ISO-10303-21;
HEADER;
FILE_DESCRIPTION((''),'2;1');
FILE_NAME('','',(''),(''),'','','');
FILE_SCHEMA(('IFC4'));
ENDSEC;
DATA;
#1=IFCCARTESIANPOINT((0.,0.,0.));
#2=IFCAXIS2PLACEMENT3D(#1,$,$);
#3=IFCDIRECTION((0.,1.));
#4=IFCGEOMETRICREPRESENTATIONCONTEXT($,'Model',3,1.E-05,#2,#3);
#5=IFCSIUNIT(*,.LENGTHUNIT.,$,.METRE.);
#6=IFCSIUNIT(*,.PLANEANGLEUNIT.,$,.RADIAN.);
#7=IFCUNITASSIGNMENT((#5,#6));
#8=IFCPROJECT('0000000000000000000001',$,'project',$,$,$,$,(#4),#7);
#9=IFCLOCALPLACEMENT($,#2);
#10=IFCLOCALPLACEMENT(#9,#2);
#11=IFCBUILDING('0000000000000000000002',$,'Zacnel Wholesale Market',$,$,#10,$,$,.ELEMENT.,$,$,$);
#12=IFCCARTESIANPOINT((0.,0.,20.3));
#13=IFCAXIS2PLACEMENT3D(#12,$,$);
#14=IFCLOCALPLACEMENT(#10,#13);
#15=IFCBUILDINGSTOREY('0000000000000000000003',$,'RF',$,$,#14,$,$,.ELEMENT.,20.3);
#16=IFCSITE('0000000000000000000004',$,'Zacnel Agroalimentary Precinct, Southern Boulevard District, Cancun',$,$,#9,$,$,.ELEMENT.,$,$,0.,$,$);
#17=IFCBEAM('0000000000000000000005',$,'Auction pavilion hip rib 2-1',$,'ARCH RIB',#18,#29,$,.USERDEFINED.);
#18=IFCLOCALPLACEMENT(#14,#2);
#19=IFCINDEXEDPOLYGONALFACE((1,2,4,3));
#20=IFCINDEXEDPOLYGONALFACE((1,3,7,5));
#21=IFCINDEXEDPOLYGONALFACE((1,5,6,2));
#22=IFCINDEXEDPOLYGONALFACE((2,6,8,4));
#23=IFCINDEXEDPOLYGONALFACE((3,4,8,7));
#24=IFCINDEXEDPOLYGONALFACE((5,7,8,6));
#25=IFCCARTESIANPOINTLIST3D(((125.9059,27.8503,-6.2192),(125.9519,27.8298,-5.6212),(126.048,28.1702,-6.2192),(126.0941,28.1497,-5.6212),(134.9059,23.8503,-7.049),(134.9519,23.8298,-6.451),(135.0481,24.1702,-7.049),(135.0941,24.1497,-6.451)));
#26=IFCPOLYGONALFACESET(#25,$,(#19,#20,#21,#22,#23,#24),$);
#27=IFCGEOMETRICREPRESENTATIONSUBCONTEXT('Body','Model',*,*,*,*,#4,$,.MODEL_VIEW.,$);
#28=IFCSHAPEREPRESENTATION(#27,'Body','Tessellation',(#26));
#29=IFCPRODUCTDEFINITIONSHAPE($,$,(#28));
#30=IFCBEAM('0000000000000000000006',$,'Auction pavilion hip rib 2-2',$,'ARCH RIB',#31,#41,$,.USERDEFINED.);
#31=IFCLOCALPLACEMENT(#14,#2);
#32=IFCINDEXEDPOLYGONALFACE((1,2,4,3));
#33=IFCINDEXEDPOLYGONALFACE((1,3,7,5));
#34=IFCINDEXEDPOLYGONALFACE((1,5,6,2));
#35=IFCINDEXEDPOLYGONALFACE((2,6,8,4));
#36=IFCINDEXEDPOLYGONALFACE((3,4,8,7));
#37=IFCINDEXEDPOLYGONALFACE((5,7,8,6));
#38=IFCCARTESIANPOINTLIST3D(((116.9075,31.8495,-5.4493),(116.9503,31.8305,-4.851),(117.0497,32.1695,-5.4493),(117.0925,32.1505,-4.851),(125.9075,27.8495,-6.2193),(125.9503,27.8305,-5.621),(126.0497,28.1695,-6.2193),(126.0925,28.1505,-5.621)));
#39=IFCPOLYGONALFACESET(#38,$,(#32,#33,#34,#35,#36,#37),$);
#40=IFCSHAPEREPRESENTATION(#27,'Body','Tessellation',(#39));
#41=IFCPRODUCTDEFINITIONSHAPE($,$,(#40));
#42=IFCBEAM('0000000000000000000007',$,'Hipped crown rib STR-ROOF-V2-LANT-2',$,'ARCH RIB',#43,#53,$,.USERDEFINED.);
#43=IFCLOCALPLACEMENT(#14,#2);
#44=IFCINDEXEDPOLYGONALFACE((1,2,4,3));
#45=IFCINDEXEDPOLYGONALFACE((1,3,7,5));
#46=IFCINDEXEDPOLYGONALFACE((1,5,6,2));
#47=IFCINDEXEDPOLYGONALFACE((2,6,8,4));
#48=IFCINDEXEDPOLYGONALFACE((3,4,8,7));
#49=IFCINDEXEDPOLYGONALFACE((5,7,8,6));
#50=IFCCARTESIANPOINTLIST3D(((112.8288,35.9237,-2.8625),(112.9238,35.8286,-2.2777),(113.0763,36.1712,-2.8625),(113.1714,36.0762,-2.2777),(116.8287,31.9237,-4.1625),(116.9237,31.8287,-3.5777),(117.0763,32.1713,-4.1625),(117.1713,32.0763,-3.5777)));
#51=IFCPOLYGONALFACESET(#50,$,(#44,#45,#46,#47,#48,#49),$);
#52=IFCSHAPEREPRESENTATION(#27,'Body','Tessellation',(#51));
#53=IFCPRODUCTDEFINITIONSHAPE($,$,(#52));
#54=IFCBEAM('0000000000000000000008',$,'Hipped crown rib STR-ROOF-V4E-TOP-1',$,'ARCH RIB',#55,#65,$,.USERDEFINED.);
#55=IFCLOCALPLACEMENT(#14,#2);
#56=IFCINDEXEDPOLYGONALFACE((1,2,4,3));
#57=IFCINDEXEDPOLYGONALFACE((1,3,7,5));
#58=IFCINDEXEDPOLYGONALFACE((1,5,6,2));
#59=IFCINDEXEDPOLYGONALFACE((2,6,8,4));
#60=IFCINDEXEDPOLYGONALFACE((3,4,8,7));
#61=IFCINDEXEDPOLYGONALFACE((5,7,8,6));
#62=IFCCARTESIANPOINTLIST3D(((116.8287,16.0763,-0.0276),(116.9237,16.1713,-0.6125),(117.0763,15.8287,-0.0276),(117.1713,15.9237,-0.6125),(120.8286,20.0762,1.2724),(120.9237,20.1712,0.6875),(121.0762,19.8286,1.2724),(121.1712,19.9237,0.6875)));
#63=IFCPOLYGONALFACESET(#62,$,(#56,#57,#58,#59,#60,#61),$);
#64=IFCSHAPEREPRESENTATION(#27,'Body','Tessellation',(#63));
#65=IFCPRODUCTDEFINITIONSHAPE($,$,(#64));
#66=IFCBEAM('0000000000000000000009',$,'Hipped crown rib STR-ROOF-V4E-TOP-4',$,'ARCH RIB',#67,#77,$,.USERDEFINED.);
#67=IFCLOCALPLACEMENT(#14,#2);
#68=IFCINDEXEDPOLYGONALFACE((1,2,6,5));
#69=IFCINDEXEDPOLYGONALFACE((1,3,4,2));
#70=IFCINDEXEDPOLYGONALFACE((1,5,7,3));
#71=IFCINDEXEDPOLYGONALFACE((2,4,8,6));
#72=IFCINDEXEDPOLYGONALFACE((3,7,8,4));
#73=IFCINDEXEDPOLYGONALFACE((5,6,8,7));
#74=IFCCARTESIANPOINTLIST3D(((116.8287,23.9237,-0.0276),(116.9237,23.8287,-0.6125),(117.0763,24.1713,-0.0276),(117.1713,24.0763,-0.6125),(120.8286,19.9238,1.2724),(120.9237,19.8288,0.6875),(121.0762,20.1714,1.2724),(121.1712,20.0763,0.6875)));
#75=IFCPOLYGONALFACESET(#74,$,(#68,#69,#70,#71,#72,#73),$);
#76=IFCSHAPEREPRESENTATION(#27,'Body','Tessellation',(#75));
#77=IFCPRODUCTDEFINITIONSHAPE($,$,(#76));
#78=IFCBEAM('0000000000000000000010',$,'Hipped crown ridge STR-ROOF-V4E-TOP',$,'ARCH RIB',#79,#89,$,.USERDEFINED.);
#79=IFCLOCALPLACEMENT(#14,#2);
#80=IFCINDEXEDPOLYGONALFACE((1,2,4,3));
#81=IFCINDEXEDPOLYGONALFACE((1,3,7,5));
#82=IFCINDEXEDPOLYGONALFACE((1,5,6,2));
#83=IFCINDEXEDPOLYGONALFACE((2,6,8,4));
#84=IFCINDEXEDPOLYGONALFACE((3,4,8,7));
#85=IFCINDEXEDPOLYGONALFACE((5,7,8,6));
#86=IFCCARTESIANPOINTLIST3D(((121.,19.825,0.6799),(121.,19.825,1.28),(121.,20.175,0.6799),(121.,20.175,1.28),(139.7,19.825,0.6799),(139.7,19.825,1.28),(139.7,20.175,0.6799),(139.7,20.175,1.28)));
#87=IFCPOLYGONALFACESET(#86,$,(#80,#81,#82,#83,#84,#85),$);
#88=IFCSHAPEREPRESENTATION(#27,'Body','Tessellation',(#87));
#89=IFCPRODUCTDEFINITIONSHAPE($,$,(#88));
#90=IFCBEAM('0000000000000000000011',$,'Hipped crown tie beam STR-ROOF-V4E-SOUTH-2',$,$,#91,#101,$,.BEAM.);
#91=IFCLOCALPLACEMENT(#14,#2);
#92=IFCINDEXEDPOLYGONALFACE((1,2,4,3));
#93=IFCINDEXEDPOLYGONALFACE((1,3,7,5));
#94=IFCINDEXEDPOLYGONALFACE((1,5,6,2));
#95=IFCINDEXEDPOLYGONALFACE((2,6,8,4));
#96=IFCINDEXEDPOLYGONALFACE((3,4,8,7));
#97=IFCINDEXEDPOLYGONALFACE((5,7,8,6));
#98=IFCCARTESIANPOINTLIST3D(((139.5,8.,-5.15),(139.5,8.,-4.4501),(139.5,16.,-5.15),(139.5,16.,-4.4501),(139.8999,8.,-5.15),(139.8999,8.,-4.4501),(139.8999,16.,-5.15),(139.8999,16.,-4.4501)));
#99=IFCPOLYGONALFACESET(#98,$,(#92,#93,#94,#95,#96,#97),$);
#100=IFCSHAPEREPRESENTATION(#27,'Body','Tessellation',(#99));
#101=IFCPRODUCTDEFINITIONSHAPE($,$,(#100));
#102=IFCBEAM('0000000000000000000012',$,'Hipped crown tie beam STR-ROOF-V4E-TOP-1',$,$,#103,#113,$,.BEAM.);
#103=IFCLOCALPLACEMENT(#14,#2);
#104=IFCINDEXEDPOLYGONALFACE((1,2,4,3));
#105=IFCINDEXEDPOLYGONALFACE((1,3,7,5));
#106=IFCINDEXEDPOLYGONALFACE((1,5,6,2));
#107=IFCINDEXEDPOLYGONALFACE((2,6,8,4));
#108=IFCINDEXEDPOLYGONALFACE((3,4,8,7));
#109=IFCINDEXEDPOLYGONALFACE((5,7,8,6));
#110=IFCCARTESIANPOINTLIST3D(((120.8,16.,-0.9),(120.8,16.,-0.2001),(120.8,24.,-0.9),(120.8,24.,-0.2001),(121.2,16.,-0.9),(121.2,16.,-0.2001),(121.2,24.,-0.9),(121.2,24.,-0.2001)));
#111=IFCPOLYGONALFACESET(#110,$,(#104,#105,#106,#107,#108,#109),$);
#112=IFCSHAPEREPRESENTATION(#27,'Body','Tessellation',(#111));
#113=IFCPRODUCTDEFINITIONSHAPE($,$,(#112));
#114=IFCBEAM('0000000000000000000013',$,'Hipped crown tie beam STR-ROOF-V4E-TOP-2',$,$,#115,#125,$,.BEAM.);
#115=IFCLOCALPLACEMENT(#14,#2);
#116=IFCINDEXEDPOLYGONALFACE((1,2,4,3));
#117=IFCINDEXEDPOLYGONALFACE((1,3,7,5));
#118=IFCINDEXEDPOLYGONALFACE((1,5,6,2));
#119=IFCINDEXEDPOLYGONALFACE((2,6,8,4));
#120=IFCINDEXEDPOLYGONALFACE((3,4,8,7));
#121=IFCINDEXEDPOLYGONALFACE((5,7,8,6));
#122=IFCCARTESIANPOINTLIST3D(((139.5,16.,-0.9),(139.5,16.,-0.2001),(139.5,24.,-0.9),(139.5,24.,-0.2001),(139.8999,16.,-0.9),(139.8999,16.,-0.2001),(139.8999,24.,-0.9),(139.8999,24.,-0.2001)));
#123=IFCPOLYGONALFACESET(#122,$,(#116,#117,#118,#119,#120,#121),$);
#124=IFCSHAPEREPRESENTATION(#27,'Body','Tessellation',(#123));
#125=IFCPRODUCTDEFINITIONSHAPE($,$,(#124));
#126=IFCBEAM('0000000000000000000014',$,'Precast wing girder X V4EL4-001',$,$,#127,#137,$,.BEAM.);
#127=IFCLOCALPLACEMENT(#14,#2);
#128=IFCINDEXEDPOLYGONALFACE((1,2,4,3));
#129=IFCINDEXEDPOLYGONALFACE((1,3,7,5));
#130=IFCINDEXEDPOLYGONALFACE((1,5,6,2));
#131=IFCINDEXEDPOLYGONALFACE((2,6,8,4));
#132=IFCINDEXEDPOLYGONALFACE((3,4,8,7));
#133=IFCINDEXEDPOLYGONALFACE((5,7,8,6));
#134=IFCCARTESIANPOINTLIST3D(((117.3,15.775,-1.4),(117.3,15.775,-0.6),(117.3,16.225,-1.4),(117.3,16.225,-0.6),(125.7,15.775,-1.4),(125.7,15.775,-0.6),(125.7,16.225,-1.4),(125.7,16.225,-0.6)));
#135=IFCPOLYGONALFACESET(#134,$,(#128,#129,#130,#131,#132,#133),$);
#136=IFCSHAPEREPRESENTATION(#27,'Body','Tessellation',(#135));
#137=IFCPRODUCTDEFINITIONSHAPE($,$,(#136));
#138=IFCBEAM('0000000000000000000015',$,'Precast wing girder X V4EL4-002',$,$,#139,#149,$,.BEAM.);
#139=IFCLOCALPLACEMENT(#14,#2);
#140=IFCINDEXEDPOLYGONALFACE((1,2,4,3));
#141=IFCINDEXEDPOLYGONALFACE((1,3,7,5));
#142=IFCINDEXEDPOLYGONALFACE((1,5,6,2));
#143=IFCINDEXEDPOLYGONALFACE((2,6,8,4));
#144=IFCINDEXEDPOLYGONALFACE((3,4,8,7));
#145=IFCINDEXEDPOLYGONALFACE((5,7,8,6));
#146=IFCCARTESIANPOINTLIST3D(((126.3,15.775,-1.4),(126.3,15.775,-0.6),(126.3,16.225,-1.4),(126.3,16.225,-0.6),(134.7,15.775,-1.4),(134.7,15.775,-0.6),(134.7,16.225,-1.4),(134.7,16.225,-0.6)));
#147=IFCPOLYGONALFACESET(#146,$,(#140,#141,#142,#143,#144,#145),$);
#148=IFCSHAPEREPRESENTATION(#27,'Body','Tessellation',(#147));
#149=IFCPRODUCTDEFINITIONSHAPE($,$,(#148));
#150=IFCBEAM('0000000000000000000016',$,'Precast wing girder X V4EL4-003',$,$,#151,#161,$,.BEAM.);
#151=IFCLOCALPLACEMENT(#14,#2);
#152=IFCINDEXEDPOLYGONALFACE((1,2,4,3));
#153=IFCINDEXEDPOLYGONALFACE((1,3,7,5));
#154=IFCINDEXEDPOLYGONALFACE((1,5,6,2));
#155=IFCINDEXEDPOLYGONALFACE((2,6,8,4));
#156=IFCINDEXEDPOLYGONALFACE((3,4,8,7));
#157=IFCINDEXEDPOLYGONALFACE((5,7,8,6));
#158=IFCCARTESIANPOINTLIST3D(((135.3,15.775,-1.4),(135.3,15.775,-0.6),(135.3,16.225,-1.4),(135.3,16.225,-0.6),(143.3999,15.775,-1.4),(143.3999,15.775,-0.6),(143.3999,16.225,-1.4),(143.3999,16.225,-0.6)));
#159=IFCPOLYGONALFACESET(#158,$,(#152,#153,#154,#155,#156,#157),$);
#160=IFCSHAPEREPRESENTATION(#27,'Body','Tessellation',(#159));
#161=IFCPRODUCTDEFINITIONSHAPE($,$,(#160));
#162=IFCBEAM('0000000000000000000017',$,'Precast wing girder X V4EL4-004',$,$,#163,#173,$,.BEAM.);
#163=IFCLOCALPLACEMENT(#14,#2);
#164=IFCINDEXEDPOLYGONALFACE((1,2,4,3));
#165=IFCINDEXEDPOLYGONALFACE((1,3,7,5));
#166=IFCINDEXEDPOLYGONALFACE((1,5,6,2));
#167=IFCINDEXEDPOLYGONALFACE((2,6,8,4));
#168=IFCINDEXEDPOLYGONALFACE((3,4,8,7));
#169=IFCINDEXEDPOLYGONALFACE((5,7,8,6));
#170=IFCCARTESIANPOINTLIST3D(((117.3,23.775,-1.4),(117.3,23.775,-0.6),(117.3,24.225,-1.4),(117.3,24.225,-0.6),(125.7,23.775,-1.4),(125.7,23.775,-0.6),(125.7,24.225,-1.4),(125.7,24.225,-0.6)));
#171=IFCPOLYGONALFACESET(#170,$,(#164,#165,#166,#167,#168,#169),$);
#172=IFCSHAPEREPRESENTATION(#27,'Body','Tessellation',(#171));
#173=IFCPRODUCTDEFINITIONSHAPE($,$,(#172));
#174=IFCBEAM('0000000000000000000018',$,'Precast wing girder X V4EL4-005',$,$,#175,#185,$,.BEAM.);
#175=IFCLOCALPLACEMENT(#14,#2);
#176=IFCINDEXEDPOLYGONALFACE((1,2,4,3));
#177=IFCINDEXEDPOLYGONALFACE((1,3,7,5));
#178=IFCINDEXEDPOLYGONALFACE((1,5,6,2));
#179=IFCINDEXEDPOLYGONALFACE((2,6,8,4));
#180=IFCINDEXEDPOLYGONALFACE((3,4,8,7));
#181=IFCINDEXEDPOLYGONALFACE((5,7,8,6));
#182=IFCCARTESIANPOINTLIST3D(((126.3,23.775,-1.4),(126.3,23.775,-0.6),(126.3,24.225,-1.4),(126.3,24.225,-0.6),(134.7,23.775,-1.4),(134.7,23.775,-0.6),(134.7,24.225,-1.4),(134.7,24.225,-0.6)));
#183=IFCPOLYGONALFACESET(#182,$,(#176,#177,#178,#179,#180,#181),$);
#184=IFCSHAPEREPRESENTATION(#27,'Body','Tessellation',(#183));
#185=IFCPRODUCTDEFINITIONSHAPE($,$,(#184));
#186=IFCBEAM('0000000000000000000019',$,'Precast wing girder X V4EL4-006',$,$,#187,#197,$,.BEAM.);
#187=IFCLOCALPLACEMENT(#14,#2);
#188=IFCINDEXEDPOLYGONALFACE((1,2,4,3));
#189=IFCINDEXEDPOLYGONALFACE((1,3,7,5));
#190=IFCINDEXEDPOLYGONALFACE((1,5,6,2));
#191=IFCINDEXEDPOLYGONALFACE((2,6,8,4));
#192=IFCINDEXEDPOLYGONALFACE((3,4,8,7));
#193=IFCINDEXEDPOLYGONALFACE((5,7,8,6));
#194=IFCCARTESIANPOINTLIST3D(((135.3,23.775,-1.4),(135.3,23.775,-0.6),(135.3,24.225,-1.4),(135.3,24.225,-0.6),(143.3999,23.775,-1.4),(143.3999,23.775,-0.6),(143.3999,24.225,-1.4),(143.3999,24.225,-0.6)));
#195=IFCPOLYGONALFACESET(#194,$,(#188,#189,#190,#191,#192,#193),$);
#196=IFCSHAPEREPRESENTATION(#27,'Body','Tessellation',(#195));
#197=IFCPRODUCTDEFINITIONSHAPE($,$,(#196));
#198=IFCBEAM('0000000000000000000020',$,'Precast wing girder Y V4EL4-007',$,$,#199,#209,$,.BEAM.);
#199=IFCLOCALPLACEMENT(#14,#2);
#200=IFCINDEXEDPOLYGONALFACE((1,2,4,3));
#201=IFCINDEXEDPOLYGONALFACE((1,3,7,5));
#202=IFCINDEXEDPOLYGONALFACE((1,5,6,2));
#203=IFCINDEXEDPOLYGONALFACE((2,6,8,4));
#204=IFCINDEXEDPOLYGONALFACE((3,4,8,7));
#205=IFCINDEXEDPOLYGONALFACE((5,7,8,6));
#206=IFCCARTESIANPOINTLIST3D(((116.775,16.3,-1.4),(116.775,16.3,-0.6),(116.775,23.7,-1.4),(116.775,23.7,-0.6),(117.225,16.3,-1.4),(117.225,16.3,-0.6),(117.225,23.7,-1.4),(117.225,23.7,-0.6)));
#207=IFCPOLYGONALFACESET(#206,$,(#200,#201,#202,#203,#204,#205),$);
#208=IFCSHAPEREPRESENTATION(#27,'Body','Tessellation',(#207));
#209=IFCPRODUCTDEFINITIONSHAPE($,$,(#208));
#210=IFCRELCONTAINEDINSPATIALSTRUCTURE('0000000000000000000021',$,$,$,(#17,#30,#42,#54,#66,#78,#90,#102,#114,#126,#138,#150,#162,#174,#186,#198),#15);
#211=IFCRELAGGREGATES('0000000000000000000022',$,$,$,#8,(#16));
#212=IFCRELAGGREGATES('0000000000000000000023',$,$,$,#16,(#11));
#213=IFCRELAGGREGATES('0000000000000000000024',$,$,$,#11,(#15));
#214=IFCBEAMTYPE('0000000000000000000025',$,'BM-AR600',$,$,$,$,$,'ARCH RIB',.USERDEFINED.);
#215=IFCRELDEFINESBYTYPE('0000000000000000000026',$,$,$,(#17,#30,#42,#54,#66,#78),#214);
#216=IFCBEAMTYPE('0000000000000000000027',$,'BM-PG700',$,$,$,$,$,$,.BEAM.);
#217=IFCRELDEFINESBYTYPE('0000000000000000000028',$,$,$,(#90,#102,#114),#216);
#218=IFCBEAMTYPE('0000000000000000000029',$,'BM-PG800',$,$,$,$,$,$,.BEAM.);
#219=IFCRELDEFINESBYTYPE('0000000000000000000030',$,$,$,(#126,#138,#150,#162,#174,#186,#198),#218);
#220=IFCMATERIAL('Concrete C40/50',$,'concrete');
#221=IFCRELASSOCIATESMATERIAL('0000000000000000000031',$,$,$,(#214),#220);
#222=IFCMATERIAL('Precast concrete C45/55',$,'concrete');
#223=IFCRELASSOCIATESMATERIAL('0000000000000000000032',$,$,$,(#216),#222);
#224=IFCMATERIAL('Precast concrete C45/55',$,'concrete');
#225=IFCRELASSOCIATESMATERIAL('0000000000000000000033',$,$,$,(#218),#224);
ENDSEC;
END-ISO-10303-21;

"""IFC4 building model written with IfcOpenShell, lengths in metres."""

from ifc_helpers import new_model, si_unit, direction, frame, origin, origin_2d, place, context, subcontext, project, spatial, rectangle, extrude, material, material_profile, profile_set, type_object, element, save


model = new_model("IFC4")

# Units and contexts
model_context = context("Model", 3, precision=1e-05, world=origin(), true_north=direction((0.0, 1.0)))
body_context = subcontext(model_context, "Body", "Model", "MODEL_VIEW")
ifc_project = project(units=[si_unit("LENGTHUNIT", "METRE"), si_unit("PLANEANGLEUNIT", "RADIAN")], contexts=[model_context])

# Site, building, storey
site_placement = place(None, origin())
site = spatial("IfcSite", under=ifc_project, at=site_placement, Name="Zacnel Agroalimentary Precinct, Southern Boulevard District, Cancun", CompositionType="ELEMENT", RefElevation=0.0)
building_placement = place(site_placement, origin())
building = spatial("IfcBuilding", under=site, at=building_placement, Name="Zacnel Wholesale Market", CompositionType="ELEMENT")
storey_placement = place(building_placement, frame((0.0, 0.0, 20.3)))
storey = spatial("IfcBuildingStorey", under=building, at=storey_placement, Name="RF", CompositionType="ELEMENT", Elevation=20.3)

# Beams
ifc_material_1 = material(Name="Concrete C40/50", Category="concrete")
ifc_material_profile_1 = material_profile(ifc_material_1, rectangle(XDim=0.3501, YDim=0.6001, at=origin_2d()), Name="ARCH RIB 350x600")
ifc_profile_set_1 = profile_set([ifc_material_profile_1], Name="Concrete C40/50")
beam_type_1 = type_object("IfcBeamType", Name="BM-AR600", ElementType="ARCH RIB", PredefinedType="USERDEFINED", material=ifc_profile_set_1)
beam_1_placement = place(storey_placement, frame((135.0, 24.0, -6.75), z_axis=(-0.910585, 0.404704, 0.083959), x_axis=(-0.406138, -0.913812, 0.0)))
element("IfcBeam", 1, at=beam_1_placement, inside=storey, type_object=beam_type_1, Name="Auction pavilion hip rib 2-1", ObjectType="ARCH RIB", PredefinedType="USERDEFINED", context=body_context, shape_type="SweptSolid", body=[
    extrude(rectangle(XDim=0.3501, YDim=0.6001, at=origin_2d()), origin(), (0.0, 0.0, 1.0), 9.8838),
])
beam_2_placement = place(storey_placement, frame((126.0, 28.0, -5.9202), z_axis=(-0.911031, 0.404903, 0.077946), x_axis=(-0.406138, -0.913812, 0.0)))
element("IfcBeam", 2, at=beam_2_placement, inside=storey, type_object=beam_type_1, Name="Auction pavilion hip rib 2-2", ObjectType="ARCH RIB", PredefinedType="USERDEFINED", context=body_context, shape_type="SweptSolid", body=[
    extrude(rectangle(XDim=0.3501, YDim=0.6001, at=origin_2d()), origin(), (0.0, 0.0, 1.0), 9.8789),
])
for number, where, z_axis, x_axis, name in (
    (3, (117.0, 32.0, -3.8701), (-0.689142, 0.689142, 0.22398), (-0.707107, -0.707107, 0.0), "Hipped crown rib STR-ROOF-V2-LANT-2"),
    (4, (117.0, 16.0, -0.3201), (0.689142, 0.689142, 0.22398), (-0.707107, 0.707107, 0.0), "Hipped crown rib STR-ROOF-V4E-TOP-1"),
    (5, (117.0, 24.0, -0.3201), (0.689142, -0.689142, 0.22398), (0.707107, 0.707107, 0.0), "Hipped crown rib STR-ROOF-V4E-TOP-4"),
):
    element("IfcBeam", number, at=place(storey_placement, frame(where, z_axis=z_axis, x_axis=x_axis)), inside=storey, type_object=beam_type_1, Name=name, ObjectType="ARCH RIB", PredefinedType="USERDEFINED", context=body_context, shape_type="SweptSolid", body=[
        extrude(rectangle(XDim=0.3501, YDim=0.6001, at=origin_2d()), origin(), (0.0, 0.0, 1.0), 5.8042),
    ])
beam_3_placement = place(storey_placement, frame((121.0, 20.0, 0.98), z_axis=(1.0, 0.0, 0.0), x_axis=(0.0, 1.0, 0.0)))
element("IfcBeam", 6, at=beam_3_placement, inside=storey, type_object=beam_type_1, Name="Hipped crown ridge STR-ROOF-V4E-TOP", ObjectType="ARCH RIB", PredefinedType="USERDEFINED", context=body_context, shape_type="SweptSolid", body=[
    extrude(rectangle(XDim=0.3501, YDim=0.6001, at=origin_2d()), origin(), (0.0, 0.0, 1.0), 18.7),
])
ifc_material_2 = material(Name="Precast concrete C45/55", Category="concrete")
ifc_material_profile_2 = material_profile(ifc_material_2, rectangle(XDim=0.3999, YDim=0.7, at=origin_2d()), Name="PG 400x700")
ifc_profile_set_2 = profile_set([ifc_material_profile_2], Name="Precast concrete C45/55")
beam_type_2 = type_object("IfcBeamType", Name="BM-PG700", PredefinedType="BEAM", material=ifc_profile_set_2)
for number, where, z_axis, x_axis, name in (
    (7, (139.7, 8.0, -4.8), (0.0, 1.0, 0.0), (-1.0, 0.0, 0.0), "Hipped crown tie beam STR-ROOF-V4E-SOUTH-2"),
    (8, (121.0, 16.0, -0.55), (0.0, 1.0, 0.0), (-1.0, 0.0, 0.0), "Hipped crown tie beam STR-ROOF-V4E-TOP-1"),
    (9, (139.7, 16.0, -0.55), (0.0, 1.0, 0.0), (-1.0, 0.0, 0.0), "Hipped crown tie beam STR-ROOF-V4E-TOP-2"),
):
    element("IfcBeam", number, at=place(storey_placement, frame(where, z_axis=z_axis, x_axis=x_axis)), inside=storey, type_object=beam_type_2, Name=name, PredefinedType="BEAM", context=body_context, shape_type="SweptSolid", body=[
        extrude(rectangle(XDim=0.3999, YDim=0.7, at=origin_2d()), origin(), (0.0, 0.0, 1.0), 8.0),
    ])
ifc_material_3 = material(Name="Precast concrete C45/55", Category="concrete")
ifc_material_profile_3 = material_profile(ifc_material_3, rectangle(XDim=0.45, YDim=0.8, at=origin_2d()), Name="PG 450x800")
ifc_profile_set_3 = profile_set([ifc_material_profile_3], Name="Precast concrete C45/55")
beam_type_3 = type_object("IfcBeamType", Name="BM-PG800", PredefinedType="BEAM", material=ifc_profile_set_3)
for number, where, z_axis, x_axis, name in (
    (10, (117.3, 16.0, -1.0), (1.0, 0.0, 0.0), (0.0, 1.0, 0.0), "Precast wing girder X V4EL4-001"),
    (11, (126.3, 16.0, -1.0), (1.0, 0.0, 0.0), (0.0, 1.0, 0.0), "Precast wing girder X V4EL4-002"),
):
    element("IfcBeam", number, at=place(storey_placement, frame(where, z_axis=z_axis, x_axis=x_axis)), inside=storey, type_object=beam_type_3, Name=name, PredefinedType="BEAM", context=body_context, shape_type="SweptSolid", body=[
        extrude(rectangle(XDim=0.45, YDim=0.8, at=origin_2d()), origin(), (0.0, 0.0, 1.0), 8.3999),
    ])
beam_4_placement = place(storey_placement, frame((135.3, 16.0, -1.0), z_axis=(1.0, 0.0, 0.0), x_axis=(0.0, 1.0, 0.0)))
element("IfcBeam", 12, at=beam_4_placement, inside=storey, type_object=beam_type_3, Name="Precast wing girder X V4EL4-003", PredefinedType="BEAM", context=body_context, shape_type="SweptSolid", body=[
    extrude(rectangle(XDim=0.45, YDim=0.8, at=origin_2d()), origin(), (0.0, 0.0, 1.0), 8.0999),
])
for number, where, z_axis, x_axis, name in (
    (13, (117.3, 24.0, -1.0), (1.0, 0.0, 0.0), (0.0, 1.0, 0.0), "Precast wing girder X V4EL4-004"),
    (14, (126.3, 24.0, -1.0), (1.0, 0.0, 0.0), (0.0, 1.0, 0.0), "Precast wing girder X V4EL4-005"),
):
    element("IfcBeam", number, at=place(storey_placement, frame(where, z_axis=z_axis, x_axis=x_axis)), inside=storey, type_object=beam_type_3, Name=name, PredefinedType="BEAM", context=body_context, shape_type="SweptSolid", body=[
        extrude(rectangle(XDim=0.45, YDim=0.8, at=origin_2d()), origin(), (0.0, 0.0, 1.0), 8.3999),
    ])
beam_5_placement = place(storey_placement, frame((135.3, 24.0, -1.0), z_axis=(1.0, 0.0, 0.0), x_axis=(0.0, 1.0, 0.0)))
element("IfcBeam", 15, at=beam_5_placement, inside=storey, type_object=beam_type_3, Name="Precast wing girder X V4EL4-006", PredefinedType="BEAM", context=body_context, shape_type="SweptSolid", body=[
    extrude(rectangle(XDim=0.45, YDim=0.8, at=origin_2d()), origin(), (0.0, 0.0, 1.0), 8.0999),
])
for number, where, z_axis, x_axis, name in (
    (16, (117.0, 16.3, -1.0), (0.0, 1.0, 0.0), (-1.0, 0.0, 0.0), "Precast wing girder Y V4EL4-007"),
):
    element("IfcBeam", number, at=place(storey_placement, frame(where, z_axis=z_axis, x_axis=x_axis)), inside=storey, type_object=beam_type_3, Name=name, PredefinedType="BEAM", context=body_context, shape_type="SweptSolid", body=[
        extrude(rectangle(XDim=0.45, YDim=0.8, at=origin_2d()), origin(), (0.0, 0.0, 1.0), 7.3999),
    ])

save(model, "model.ifc")
